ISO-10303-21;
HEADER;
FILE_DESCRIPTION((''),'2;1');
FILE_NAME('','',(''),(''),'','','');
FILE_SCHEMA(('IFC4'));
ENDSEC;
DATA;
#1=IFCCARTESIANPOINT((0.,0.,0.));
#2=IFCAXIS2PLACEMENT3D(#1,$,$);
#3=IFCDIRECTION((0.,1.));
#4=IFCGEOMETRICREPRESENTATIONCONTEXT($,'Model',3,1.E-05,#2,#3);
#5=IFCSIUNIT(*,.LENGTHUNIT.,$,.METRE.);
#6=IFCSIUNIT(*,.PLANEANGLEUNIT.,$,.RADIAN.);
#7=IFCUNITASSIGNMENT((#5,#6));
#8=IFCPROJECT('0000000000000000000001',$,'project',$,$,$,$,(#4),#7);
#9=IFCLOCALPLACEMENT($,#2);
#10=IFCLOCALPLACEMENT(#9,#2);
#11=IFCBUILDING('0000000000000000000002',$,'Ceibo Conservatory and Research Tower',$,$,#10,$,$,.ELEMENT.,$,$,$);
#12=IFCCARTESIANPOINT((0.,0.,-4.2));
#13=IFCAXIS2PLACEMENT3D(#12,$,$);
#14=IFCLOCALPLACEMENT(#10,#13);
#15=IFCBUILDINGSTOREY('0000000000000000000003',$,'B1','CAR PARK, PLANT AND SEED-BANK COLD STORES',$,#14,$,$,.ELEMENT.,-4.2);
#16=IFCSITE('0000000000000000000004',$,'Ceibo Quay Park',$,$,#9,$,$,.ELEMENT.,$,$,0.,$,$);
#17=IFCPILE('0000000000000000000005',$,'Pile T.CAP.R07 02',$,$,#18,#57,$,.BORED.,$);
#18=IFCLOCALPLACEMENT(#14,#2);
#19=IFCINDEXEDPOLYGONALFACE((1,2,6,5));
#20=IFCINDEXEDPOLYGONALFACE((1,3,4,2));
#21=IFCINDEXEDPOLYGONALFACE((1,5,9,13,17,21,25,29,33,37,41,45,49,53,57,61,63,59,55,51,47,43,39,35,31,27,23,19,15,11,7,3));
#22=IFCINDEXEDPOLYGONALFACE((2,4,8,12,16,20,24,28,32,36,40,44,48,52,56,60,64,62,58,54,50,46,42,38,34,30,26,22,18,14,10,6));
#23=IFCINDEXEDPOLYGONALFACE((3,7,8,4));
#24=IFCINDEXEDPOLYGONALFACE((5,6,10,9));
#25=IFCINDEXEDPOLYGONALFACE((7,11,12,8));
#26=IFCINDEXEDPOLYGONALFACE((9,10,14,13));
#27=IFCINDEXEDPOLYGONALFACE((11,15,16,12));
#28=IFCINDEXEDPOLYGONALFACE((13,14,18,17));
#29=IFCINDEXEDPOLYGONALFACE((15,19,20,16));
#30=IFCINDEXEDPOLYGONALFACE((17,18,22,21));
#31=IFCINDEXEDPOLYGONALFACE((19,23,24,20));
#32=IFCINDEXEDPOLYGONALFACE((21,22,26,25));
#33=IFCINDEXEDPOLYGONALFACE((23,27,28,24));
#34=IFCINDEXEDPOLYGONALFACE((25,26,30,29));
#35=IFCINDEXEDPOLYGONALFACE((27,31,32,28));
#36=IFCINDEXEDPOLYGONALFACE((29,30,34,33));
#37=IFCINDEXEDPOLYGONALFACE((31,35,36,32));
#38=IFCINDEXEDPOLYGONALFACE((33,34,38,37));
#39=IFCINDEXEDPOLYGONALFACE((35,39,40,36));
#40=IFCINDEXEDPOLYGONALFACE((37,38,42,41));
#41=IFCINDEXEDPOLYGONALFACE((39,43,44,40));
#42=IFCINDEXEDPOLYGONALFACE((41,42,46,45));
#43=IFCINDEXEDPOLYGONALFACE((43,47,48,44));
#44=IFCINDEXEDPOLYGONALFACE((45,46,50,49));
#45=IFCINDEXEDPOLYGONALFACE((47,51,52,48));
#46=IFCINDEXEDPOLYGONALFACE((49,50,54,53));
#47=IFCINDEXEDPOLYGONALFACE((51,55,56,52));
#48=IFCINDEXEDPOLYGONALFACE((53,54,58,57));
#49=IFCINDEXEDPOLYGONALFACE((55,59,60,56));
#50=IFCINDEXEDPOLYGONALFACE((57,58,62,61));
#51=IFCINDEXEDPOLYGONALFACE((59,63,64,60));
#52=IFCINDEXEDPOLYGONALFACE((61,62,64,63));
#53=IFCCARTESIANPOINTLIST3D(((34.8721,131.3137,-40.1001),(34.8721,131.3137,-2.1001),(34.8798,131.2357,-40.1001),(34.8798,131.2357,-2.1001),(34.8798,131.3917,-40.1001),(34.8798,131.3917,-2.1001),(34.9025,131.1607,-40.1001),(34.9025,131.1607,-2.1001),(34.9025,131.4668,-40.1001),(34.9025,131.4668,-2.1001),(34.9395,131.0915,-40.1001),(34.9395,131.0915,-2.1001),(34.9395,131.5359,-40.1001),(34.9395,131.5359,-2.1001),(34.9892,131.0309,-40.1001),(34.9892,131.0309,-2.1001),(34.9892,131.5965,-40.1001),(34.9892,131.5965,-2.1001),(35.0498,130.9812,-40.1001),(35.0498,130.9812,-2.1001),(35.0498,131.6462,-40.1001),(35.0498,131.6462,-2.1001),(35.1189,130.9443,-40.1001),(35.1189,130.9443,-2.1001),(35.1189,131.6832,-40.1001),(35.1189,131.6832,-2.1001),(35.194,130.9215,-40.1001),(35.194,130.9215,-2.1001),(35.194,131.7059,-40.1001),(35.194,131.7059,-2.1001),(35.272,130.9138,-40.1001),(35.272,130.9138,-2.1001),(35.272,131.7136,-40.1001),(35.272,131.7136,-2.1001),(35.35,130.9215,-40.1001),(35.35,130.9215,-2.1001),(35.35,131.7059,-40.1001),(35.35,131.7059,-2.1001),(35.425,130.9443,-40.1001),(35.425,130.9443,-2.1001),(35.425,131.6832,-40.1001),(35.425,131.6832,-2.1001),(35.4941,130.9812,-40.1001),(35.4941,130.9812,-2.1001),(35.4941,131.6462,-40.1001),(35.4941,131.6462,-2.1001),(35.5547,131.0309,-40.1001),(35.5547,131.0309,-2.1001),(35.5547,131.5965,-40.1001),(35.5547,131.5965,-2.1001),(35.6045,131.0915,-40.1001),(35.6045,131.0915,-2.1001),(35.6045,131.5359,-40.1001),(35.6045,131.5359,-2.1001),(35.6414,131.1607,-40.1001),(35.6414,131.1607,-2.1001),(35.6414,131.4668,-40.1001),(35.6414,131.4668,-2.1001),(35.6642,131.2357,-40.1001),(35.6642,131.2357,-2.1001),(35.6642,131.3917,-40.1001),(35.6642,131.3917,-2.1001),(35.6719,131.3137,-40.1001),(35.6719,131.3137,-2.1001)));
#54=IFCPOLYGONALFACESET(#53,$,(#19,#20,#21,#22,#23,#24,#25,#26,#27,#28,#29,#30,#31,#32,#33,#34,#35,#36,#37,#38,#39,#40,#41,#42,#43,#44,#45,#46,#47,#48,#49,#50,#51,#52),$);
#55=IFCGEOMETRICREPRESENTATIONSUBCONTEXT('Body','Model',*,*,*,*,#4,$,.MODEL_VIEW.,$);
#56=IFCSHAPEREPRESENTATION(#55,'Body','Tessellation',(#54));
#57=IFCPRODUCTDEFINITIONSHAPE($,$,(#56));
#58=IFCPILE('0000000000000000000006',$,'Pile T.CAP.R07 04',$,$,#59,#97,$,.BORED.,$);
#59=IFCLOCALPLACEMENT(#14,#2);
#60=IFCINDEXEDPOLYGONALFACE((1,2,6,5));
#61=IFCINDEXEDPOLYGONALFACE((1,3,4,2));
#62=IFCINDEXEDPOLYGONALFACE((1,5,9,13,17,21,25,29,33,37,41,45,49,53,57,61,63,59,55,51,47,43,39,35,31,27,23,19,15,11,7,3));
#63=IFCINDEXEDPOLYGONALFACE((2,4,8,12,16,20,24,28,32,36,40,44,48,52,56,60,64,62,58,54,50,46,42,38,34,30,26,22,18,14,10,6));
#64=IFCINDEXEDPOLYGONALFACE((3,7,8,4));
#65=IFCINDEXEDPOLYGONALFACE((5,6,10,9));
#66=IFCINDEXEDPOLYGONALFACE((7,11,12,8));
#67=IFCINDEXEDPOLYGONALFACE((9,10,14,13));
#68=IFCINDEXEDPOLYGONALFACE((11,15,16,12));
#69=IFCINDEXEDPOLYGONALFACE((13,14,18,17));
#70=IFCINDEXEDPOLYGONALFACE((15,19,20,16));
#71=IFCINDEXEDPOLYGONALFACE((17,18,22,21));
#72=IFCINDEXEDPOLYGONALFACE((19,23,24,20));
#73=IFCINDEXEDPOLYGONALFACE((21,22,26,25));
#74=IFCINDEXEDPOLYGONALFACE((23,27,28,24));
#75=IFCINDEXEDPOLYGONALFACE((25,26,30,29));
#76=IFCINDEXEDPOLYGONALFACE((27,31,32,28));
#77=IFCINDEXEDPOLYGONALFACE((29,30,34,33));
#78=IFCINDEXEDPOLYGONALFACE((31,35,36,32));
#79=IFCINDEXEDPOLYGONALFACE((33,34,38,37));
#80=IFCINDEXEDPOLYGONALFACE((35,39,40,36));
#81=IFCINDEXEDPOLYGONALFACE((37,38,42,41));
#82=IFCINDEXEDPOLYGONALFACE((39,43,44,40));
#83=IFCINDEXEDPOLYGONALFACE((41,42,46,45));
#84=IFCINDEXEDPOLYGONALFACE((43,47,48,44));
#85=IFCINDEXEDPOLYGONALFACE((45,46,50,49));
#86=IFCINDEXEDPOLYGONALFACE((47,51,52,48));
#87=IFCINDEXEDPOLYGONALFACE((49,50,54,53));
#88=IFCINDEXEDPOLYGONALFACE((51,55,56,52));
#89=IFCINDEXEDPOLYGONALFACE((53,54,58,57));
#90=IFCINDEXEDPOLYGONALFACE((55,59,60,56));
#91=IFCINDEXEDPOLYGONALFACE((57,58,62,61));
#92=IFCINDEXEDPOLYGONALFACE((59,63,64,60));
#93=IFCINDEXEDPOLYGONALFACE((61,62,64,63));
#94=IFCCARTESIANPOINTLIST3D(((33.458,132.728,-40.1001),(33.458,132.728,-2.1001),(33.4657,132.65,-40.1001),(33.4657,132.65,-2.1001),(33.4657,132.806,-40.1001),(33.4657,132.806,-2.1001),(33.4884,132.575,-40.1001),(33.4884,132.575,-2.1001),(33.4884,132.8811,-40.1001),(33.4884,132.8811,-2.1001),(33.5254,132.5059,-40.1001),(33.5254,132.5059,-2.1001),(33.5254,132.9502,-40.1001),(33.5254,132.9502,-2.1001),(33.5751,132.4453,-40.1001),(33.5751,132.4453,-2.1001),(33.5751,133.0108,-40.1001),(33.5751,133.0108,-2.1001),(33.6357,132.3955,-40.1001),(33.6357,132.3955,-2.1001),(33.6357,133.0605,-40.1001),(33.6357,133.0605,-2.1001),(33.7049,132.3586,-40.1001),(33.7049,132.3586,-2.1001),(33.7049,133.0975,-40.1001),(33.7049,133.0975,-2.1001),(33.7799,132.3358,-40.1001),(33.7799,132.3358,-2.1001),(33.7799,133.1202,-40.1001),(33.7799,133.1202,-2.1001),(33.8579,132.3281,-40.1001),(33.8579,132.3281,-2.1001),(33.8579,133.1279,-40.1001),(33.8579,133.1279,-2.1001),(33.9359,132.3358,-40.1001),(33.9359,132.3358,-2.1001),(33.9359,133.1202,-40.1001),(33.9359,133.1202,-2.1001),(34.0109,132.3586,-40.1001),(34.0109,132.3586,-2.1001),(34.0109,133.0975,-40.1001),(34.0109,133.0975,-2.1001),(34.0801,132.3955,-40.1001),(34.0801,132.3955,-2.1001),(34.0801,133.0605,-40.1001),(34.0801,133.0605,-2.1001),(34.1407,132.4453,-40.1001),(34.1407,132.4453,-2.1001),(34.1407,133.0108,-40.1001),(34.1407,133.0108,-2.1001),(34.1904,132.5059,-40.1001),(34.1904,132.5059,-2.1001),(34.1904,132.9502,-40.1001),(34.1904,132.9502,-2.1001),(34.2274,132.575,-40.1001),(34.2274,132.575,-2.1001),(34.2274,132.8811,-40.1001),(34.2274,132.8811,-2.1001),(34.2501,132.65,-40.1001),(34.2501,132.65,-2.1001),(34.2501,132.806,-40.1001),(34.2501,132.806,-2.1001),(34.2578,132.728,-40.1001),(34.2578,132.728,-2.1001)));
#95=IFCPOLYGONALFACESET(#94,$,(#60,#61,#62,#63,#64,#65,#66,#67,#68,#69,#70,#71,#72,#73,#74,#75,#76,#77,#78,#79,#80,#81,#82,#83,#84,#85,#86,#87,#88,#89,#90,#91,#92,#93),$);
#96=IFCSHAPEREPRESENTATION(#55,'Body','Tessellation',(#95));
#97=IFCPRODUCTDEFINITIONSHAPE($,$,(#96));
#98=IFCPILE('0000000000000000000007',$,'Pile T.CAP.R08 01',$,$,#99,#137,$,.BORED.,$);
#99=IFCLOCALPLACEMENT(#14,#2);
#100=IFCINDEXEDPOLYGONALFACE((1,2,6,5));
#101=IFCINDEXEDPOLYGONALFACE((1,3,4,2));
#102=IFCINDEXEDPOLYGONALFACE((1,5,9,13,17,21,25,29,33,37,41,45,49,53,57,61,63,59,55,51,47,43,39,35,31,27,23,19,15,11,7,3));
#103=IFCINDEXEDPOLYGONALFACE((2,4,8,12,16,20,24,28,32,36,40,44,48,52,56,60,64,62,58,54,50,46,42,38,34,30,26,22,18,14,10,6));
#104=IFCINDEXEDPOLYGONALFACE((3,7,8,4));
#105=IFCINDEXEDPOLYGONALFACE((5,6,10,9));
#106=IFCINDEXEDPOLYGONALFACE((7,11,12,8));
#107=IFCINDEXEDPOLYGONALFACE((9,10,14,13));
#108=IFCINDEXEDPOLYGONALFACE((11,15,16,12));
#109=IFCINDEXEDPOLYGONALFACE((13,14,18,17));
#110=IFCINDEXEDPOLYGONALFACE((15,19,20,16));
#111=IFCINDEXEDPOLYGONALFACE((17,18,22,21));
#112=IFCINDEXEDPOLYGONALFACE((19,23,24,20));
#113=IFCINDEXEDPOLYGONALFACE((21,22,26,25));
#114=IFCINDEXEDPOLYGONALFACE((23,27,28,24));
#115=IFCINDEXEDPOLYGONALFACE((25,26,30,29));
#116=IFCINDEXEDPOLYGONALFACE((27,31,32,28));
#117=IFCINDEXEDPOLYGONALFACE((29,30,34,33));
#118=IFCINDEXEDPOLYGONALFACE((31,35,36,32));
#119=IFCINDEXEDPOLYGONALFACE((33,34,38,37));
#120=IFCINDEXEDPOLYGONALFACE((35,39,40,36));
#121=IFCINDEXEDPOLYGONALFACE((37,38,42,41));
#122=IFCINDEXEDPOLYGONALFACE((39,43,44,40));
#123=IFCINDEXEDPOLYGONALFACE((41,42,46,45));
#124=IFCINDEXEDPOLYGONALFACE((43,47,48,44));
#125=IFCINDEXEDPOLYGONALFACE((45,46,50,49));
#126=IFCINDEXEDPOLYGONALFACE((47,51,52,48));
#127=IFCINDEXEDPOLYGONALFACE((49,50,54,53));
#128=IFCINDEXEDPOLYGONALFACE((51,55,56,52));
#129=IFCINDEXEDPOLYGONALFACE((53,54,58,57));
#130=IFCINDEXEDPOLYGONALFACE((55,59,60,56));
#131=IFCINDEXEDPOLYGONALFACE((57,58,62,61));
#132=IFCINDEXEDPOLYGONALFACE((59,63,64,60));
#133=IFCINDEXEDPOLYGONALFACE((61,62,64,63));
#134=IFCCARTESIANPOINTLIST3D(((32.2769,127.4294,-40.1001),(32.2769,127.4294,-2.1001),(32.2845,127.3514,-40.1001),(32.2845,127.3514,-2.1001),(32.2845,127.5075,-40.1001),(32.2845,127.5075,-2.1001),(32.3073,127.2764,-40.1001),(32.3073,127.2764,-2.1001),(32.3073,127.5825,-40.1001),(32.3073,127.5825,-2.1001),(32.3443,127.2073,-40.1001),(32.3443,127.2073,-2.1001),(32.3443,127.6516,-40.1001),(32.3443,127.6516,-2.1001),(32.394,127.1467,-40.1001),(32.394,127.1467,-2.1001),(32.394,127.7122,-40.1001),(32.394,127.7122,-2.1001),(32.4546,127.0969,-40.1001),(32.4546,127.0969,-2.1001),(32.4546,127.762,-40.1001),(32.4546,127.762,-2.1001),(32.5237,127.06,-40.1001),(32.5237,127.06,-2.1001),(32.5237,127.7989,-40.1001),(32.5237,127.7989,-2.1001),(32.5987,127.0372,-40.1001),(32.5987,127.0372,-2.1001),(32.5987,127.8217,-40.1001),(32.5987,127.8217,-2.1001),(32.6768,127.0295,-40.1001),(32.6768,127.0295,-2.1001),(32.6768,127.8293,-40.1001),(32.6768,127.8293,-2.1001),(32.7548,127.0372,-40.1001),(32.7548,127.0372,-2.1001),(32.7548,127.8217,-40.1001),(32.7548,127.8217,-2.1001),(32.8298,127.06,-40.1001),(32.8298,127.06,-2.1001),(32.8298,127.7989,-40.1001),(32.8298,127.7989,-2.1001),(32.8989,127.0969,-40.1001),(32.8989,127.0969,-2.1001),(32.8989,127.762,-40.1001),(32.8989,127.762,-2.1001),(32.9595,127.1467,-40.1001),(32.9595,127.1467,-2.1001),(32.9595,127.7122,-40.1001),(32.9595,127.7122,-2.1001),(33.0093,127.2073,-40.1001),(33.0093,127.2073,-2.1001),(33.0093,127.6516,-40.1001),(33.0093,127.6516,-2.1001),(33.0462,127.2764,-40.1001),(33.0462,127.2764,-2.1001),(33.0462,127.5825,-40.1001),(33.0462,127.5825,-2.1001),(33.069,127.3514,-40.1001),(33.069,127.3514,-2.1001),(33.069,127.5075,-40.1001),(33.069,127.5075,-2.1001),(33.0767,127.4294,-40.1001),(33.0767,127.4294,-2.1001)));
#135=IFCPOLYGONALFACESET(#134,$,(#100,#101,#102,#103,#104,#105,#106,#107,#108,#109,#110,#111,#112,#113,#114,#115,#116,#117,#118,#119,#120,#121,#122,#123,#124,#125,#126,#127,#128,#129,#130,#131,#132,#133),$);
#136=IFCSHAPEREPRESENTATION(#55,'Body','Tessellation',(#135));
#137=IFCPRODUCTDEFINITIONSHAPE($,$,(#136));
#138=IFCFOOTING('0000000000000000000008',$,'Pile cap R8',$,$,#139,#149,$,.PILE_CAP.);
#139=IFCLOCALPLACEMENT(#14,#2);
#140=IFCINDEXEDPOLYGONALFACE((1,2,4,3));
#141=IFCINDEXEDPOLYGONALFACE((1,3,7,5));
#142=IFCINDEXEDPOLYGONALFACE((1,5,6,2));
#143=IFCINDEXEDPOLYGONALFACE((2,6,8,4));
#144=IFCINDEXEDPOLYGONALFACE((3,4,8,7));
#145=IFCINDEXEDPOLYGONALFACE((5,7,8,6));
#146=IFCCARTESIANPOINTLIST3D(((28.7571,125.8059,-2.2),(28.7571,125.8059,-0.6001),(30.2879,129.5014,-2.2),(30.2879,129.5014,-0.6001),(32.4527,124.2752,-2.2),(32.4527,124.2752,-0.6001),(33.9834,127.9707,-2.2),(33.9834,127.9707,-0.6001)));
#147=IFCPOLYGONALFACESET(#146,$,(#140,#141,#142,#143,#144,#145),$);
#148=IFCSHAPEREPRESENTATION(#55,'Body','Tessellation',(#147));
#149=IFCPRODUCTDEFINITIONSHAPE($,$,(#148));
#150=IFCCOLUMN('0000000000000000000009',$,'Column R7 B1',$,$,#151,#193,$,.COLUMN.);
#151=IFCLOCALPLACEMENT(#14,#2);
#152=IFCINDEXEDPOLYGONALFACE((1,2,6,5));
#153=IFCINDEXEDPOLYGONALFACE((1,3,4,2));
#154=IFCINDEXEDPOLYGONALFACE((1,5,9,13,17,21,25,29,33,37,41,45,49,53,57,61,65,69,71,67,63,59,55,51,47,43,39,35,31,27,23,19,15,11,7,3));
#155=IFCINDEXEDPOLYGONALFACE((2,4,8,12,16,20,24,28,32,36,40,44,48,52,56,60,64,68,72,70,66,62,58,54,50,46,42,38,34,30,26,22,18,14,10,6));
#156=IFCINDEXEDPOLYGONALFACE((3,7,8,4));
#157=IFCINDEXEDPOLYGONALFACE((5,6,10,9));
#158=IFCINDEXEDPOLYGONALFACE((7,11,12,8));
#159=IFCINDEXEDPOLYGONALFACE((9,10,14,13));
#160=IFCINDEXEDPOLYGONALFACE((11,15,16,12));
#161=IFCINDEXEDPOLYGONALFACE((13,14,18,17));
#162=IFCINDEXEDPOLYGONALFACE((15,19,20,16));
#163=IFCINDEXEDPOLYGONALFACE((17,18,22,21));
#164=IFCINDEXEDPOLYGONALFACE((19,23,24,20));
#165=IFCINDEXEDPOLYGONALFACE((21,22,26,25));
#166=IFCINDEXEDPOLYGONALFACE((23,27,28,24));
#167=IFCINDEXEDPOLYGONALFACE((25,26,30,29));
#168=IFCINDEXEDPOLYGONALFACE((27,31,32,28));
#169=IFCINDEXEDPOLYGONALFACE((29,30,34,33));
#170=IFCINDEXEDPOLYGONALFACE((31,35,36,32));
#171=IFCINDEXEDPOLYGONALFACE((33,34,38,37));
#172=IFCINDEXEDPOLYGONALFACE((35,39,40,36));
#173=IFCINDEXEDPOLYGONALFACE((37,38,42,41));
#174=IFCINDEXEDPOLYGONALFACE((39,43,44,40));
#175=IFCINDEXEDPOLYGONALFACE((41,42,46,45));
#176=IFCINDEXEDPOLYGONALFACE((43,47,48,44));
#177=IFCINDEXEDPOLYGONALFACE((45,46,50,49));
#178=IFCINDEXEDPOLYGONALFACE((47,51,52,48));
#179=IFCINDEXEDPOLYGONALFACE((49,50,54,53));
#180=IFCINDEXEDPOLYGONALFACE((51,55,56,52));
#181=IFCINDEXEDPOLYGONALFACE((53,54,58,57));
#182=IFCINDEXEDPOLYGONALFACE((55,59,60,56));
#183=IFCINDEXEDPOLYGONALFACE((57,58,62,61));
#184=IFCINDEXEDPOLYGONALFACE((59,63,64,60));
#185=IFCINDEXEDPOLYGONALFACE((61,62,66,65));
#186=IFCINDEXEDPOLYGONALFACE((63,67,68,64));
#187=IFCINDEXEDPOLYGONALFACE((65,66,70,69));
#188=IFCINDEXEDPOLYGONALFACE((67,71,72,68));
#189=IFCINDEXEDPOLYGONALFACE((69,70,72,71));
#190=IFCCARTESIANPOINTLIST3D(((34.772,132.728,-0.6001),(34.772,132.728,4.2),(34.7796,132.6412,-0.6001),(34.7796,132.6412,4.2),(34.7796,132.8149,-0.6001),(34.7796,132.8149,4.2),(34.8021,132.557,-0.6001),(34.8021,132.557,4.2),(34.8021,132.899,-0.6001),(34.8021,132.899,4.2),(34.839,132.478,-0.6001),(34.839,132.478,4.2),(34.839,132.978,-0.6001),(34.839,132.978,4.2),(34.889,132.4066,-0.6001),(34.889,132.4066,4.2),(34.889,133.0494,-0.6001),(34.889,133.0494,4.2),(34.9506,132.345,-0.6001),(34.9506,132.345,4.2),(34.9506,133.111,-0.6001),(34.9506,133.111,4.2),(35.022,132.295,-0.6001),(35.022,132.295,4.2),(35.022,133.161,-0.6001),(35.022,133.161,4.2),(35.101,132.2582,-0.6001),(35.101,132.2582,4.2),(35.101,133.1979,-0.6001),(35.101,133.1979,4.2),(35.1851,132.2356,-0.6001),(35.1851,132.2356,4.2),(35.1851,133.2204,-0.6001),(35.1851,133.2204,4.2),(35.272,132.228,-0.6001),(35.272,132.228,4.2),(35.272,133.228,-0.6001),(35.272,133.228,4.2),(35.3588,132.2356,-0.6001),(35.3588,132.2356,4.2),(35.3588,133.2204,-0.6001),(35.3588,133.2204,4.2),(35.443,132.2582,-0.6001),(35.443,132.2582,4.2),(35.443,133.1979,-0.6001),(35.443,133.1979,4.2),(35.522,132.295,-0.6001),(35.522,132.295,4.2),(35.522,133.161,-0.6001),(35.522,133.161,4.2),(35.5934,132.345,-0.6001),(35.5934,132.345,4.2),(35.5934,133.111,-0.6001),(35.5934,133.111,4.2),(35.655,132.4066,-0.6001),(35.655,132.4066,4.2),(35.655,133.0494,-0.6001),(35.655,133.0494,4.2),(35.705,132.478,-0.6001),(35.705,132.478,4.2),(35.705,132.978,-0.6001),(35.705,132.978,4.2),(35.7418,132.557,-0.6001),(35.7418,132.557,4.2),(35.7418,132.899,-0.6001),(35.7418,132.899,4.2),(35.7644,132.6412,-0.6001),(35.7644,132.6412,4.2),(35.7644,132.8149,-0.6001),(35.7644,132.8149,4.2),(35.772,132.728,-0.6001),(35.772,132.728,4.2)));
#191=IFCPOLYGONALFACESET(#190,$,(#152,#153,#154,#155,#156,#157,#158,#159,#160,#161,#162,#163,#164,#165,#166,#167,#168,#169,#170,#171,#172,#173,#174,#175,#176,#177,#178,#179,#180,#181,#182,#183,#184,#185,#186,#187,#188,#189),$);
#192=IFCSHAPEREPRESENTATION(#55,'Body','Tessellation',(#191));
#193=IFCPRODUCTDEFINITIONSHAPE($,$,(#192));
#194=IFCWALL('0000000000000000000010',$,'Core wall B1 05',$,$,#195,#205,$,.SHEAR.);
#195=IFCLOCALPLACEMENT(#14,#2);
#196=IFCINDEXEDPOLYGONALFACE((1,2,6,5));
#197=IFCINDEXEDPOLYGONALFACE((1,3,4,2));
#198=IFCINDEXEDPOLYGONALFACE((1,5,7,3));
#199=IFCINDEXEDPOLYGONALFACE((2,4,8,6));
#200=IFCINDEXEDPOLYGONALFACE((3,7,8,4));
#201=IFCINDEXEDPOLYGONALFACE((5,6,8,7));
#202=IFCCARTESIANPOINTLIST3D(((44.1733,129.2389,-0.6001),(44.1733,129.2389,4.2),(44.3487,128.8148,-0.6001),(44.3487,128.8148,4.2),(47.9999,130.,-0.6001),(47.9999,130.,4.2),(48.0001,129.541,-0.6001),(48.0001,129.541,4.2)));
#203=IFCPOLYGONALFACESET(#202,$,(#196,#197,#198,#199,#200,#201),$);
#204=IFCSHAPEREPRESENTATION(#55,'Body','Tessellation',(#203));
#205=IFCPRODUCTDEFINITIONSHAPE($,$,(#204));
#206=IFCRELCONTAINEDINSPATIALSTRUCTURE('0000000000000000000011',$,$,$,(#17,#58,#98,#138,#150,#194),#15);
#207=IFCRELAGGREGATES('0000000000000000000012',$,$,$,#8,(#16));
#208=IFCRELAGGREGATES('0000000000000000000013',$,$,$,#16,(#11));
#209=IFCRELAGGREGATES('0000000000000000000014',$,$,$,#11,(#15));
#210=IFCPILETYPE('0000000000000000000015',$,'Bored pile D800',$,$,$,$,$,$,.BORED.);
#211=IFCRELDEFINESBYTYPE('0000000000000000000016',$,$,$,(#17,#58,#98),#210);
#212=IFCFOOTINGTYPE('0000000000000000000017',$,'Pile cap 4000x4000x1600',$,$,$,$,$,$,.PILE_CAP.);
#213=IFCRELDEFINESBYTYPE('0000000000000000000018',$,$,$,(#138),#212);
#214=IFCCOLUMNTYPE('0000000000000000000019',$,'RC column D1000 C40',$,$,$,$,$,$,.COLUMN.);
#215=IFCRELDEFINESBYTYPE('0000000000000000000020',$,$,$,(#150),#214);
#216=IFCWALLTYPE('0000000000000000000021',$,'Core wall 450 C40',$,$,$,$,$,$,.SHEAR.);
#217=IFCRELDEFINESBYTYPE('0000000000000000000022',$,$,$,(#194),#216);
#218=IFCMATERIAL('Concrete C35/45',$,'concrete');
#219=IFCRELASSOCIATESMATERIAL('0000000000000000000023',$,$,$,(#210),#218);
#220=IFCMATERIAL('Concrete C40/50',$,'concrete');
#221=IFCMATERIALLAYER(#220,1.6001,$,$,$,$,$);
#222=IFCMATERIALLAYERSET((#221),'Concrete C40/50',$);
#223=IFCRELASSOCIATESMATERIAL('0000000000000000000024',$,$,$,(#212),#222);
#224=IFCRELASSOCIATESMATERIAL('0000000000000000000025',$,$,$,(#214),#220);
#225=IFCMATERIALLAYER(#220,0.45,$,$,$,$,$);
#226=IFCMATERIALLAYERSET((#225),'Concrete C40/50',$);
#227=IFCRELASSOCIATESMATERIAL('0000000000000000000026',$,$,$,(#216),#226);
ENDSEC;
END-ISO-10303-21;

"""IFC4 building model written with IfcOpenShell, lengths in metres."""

from ifc_helpers import new_model, si_unit, direction, frame, origin, origin_2d, place, context, subcontext, project, spatial, polyline, circle, outline, extrude, material, layer, layer_set, material_profile, profile_set, type_object, element, save


model = new_model("IFC4")

# Units and contexts
model_context = context("Model", 3, precision=1e-05, world=origin(), true_north=direction((0.0, 1.0)))
body_context = subcontext(model_context, "Body", "Model", "MODEL_VIEW")
ifc_project = project(units=[si_unit("LENGTHUNIT", "METRE"), si_unit("PLANEANGLEUNIT", "RADIAN")], contexts=[model_context])

# Site, building, storey
site_placement = place(None, origin())
site = spatial("IfcSite", under=ifc_project, at=site_placement, Name="Ceibo Quay Park", CompositionType="ELEMENT", RefElevation=0.0)
building_placement = place(site_placement, origin())
building = spatial("IfcBuilding", under=site, at=building_placement, Name="Ceibo Conservatory and Research Tower", CompositionType="ELEMENT")
storey_placement = place(building_placement, frame((0.0, 0.0, -4.2)))
storey = spatial("IfcBuildingStorey", under=building, at=storey_placement, Name="B1", Description="CAR PARK, PLANT AND SEED-BANK COLD STORES", CompositionType="ELEMENT", Elevation=-4.2)

# Piles
ifc_material_1 = material(Name="Concrete C35/45", Category="concrete")
ifc_material_profile_1 = material_profile(ifc_material_1, circle(Radius=0.3999, at=origin_2d()), Name="RC D800")
ifc_profile_set_1 = profile_set([ifc_material_profile_1], Name="Concrete C35/45")
pile_type = type_object("IfcPileType", Name="Bored pile D800", PredefinedType="BORED", material=ifc_profile_set_1)
for number, where, z_axis, x_axis, name in (
    (1, (35.272, 131.3137, -2.1001), (0.0, 0.0, -1.0), (1.0, 0.0, 0.0), "Pile T.CAP.R07 02"),
    (2, (33.8579, 132.728, -2.1001), (0.0, 0.0, -1.0), (1.0, 0.0, 0.0), "Pile T.CAP.R07 04"),
    (3, (32.6768, 127.4294, -2.1001), (0.0, 0.0, -1.0), (1.0, 0.0, 0.0), "Pile T.CAP.R08 01"),
):
    element("IfcPile", number, at=place(storey_placement, frame(where, z_axis=z_axis, x_axis=x_axis)), inside=storey, type_object=pile_type, Name=name, PredefinedType="BORED", context=body_context, shape_type="SweptSolid", body=[
        extrude(circle(Radius=0.3999, at=origin_2d()), origin(), (0.0, 0.0, 1.0), 38.0),
    ])

# Footing
ifc_material_2 = material(Name="Concrete C40/50", Category="concrete")
ifc_layer_1 = layer(ifc_material_2, 1.6001)
ifc_layer_set_1 = layer_set([ifc_layer_1], Name="Concrete C40/50")
footing_type = type_object("IfcFootingType", Name="Pile cap 4000x4000x1600", PredefinedType="PILE_CAP", material=ifc_layer_set_1)
footing_placement = place(storey_placement, frame((33.9834, 127.9707, -2.2), z_axis=(0.0, 0.0, 1.0), x_axis=(-0.92388, 0.382684, 0.0)))
element("IfcFooting", 4, at=footing_placement, inside=storey, type_object=footing_type, Name="Pile cap R8", PredefinedType="PILE_CAP", context=body_context, shape_type="SweptSolid", body=[
    extrude(outline(polyline([(0.0, 0.0), (4.0, 0.0), (4.0, 4.0), (0.0, 4.0), (0.0, 0.0)])), origin(), (0.0, 0.0, 1.0), 1.5999),
])

# Column
ifc_material_profile_2 = material_profile(ifc_material_2, circle(Radius=0.5, at=origin_2d()), Name="RC D1000")
ifc_profile_set_2 = profile_set([ifc_material_profile_2], Name="Concrete C40/50")
column_type = type_object("IfcColumnType", Name="RC column D1000 C40", PredefinedType="COLUMN", material=ifc_profile_set_2)
column_placement = place(storey_placement, frame((35.272, 132.728, -0.6001), z_axis=(0.0, 0.0, 1.0), x_axis=(1.0, 0.0, 0.0)))
element("IfcColumn", 5, at=column_placement, inside=storey, type_object=column_type, Name="Column R7 B1", PredefinedType="COLUMN", context=body_context, shape_type="SweptSolid", body=[
    extrude(circle(Radius=0.5, at=origin_2d()), origin(), (0.0, 0.0, 1.0), 4.8),
])

# Wall
ifc_layer_2 = layer(ifc_material_2, 0.45)
ifc_layer_set_2 = layer_set([ifc_layer_2], Name="Concrete C40/50")
wall_type = type_object("IfcWallType", Name="Core wall 450 C40", PredefinedType="SHEAR", material=ifc_layer_set_2)
wall_1_placement = place(storey_placement, frame((48.0, 129.7705, -0.6001), z_axis=(0.0, 0.0, 1.0), x_axis=(-0.980789, -0.195069, 0.0)))
element("IfcWall", 6, at=wall_1_placement, inside=storey, type_object=wall_type, Name="Core wall B1 05", PredefinedType="SHEAR", context=body_context, shape_type="SweptSolid", body=[
    extrude(outline(polyline([(-0.0447, -0.2251), (3.8569, -0.2251), (3.7676, 0.2251), (0.0447, 0.2251), (-0.0447, -0.2251)])), origin(), (0.0, 0.0, 1.0), 4.8),
])

save(model, "model.ifc")
